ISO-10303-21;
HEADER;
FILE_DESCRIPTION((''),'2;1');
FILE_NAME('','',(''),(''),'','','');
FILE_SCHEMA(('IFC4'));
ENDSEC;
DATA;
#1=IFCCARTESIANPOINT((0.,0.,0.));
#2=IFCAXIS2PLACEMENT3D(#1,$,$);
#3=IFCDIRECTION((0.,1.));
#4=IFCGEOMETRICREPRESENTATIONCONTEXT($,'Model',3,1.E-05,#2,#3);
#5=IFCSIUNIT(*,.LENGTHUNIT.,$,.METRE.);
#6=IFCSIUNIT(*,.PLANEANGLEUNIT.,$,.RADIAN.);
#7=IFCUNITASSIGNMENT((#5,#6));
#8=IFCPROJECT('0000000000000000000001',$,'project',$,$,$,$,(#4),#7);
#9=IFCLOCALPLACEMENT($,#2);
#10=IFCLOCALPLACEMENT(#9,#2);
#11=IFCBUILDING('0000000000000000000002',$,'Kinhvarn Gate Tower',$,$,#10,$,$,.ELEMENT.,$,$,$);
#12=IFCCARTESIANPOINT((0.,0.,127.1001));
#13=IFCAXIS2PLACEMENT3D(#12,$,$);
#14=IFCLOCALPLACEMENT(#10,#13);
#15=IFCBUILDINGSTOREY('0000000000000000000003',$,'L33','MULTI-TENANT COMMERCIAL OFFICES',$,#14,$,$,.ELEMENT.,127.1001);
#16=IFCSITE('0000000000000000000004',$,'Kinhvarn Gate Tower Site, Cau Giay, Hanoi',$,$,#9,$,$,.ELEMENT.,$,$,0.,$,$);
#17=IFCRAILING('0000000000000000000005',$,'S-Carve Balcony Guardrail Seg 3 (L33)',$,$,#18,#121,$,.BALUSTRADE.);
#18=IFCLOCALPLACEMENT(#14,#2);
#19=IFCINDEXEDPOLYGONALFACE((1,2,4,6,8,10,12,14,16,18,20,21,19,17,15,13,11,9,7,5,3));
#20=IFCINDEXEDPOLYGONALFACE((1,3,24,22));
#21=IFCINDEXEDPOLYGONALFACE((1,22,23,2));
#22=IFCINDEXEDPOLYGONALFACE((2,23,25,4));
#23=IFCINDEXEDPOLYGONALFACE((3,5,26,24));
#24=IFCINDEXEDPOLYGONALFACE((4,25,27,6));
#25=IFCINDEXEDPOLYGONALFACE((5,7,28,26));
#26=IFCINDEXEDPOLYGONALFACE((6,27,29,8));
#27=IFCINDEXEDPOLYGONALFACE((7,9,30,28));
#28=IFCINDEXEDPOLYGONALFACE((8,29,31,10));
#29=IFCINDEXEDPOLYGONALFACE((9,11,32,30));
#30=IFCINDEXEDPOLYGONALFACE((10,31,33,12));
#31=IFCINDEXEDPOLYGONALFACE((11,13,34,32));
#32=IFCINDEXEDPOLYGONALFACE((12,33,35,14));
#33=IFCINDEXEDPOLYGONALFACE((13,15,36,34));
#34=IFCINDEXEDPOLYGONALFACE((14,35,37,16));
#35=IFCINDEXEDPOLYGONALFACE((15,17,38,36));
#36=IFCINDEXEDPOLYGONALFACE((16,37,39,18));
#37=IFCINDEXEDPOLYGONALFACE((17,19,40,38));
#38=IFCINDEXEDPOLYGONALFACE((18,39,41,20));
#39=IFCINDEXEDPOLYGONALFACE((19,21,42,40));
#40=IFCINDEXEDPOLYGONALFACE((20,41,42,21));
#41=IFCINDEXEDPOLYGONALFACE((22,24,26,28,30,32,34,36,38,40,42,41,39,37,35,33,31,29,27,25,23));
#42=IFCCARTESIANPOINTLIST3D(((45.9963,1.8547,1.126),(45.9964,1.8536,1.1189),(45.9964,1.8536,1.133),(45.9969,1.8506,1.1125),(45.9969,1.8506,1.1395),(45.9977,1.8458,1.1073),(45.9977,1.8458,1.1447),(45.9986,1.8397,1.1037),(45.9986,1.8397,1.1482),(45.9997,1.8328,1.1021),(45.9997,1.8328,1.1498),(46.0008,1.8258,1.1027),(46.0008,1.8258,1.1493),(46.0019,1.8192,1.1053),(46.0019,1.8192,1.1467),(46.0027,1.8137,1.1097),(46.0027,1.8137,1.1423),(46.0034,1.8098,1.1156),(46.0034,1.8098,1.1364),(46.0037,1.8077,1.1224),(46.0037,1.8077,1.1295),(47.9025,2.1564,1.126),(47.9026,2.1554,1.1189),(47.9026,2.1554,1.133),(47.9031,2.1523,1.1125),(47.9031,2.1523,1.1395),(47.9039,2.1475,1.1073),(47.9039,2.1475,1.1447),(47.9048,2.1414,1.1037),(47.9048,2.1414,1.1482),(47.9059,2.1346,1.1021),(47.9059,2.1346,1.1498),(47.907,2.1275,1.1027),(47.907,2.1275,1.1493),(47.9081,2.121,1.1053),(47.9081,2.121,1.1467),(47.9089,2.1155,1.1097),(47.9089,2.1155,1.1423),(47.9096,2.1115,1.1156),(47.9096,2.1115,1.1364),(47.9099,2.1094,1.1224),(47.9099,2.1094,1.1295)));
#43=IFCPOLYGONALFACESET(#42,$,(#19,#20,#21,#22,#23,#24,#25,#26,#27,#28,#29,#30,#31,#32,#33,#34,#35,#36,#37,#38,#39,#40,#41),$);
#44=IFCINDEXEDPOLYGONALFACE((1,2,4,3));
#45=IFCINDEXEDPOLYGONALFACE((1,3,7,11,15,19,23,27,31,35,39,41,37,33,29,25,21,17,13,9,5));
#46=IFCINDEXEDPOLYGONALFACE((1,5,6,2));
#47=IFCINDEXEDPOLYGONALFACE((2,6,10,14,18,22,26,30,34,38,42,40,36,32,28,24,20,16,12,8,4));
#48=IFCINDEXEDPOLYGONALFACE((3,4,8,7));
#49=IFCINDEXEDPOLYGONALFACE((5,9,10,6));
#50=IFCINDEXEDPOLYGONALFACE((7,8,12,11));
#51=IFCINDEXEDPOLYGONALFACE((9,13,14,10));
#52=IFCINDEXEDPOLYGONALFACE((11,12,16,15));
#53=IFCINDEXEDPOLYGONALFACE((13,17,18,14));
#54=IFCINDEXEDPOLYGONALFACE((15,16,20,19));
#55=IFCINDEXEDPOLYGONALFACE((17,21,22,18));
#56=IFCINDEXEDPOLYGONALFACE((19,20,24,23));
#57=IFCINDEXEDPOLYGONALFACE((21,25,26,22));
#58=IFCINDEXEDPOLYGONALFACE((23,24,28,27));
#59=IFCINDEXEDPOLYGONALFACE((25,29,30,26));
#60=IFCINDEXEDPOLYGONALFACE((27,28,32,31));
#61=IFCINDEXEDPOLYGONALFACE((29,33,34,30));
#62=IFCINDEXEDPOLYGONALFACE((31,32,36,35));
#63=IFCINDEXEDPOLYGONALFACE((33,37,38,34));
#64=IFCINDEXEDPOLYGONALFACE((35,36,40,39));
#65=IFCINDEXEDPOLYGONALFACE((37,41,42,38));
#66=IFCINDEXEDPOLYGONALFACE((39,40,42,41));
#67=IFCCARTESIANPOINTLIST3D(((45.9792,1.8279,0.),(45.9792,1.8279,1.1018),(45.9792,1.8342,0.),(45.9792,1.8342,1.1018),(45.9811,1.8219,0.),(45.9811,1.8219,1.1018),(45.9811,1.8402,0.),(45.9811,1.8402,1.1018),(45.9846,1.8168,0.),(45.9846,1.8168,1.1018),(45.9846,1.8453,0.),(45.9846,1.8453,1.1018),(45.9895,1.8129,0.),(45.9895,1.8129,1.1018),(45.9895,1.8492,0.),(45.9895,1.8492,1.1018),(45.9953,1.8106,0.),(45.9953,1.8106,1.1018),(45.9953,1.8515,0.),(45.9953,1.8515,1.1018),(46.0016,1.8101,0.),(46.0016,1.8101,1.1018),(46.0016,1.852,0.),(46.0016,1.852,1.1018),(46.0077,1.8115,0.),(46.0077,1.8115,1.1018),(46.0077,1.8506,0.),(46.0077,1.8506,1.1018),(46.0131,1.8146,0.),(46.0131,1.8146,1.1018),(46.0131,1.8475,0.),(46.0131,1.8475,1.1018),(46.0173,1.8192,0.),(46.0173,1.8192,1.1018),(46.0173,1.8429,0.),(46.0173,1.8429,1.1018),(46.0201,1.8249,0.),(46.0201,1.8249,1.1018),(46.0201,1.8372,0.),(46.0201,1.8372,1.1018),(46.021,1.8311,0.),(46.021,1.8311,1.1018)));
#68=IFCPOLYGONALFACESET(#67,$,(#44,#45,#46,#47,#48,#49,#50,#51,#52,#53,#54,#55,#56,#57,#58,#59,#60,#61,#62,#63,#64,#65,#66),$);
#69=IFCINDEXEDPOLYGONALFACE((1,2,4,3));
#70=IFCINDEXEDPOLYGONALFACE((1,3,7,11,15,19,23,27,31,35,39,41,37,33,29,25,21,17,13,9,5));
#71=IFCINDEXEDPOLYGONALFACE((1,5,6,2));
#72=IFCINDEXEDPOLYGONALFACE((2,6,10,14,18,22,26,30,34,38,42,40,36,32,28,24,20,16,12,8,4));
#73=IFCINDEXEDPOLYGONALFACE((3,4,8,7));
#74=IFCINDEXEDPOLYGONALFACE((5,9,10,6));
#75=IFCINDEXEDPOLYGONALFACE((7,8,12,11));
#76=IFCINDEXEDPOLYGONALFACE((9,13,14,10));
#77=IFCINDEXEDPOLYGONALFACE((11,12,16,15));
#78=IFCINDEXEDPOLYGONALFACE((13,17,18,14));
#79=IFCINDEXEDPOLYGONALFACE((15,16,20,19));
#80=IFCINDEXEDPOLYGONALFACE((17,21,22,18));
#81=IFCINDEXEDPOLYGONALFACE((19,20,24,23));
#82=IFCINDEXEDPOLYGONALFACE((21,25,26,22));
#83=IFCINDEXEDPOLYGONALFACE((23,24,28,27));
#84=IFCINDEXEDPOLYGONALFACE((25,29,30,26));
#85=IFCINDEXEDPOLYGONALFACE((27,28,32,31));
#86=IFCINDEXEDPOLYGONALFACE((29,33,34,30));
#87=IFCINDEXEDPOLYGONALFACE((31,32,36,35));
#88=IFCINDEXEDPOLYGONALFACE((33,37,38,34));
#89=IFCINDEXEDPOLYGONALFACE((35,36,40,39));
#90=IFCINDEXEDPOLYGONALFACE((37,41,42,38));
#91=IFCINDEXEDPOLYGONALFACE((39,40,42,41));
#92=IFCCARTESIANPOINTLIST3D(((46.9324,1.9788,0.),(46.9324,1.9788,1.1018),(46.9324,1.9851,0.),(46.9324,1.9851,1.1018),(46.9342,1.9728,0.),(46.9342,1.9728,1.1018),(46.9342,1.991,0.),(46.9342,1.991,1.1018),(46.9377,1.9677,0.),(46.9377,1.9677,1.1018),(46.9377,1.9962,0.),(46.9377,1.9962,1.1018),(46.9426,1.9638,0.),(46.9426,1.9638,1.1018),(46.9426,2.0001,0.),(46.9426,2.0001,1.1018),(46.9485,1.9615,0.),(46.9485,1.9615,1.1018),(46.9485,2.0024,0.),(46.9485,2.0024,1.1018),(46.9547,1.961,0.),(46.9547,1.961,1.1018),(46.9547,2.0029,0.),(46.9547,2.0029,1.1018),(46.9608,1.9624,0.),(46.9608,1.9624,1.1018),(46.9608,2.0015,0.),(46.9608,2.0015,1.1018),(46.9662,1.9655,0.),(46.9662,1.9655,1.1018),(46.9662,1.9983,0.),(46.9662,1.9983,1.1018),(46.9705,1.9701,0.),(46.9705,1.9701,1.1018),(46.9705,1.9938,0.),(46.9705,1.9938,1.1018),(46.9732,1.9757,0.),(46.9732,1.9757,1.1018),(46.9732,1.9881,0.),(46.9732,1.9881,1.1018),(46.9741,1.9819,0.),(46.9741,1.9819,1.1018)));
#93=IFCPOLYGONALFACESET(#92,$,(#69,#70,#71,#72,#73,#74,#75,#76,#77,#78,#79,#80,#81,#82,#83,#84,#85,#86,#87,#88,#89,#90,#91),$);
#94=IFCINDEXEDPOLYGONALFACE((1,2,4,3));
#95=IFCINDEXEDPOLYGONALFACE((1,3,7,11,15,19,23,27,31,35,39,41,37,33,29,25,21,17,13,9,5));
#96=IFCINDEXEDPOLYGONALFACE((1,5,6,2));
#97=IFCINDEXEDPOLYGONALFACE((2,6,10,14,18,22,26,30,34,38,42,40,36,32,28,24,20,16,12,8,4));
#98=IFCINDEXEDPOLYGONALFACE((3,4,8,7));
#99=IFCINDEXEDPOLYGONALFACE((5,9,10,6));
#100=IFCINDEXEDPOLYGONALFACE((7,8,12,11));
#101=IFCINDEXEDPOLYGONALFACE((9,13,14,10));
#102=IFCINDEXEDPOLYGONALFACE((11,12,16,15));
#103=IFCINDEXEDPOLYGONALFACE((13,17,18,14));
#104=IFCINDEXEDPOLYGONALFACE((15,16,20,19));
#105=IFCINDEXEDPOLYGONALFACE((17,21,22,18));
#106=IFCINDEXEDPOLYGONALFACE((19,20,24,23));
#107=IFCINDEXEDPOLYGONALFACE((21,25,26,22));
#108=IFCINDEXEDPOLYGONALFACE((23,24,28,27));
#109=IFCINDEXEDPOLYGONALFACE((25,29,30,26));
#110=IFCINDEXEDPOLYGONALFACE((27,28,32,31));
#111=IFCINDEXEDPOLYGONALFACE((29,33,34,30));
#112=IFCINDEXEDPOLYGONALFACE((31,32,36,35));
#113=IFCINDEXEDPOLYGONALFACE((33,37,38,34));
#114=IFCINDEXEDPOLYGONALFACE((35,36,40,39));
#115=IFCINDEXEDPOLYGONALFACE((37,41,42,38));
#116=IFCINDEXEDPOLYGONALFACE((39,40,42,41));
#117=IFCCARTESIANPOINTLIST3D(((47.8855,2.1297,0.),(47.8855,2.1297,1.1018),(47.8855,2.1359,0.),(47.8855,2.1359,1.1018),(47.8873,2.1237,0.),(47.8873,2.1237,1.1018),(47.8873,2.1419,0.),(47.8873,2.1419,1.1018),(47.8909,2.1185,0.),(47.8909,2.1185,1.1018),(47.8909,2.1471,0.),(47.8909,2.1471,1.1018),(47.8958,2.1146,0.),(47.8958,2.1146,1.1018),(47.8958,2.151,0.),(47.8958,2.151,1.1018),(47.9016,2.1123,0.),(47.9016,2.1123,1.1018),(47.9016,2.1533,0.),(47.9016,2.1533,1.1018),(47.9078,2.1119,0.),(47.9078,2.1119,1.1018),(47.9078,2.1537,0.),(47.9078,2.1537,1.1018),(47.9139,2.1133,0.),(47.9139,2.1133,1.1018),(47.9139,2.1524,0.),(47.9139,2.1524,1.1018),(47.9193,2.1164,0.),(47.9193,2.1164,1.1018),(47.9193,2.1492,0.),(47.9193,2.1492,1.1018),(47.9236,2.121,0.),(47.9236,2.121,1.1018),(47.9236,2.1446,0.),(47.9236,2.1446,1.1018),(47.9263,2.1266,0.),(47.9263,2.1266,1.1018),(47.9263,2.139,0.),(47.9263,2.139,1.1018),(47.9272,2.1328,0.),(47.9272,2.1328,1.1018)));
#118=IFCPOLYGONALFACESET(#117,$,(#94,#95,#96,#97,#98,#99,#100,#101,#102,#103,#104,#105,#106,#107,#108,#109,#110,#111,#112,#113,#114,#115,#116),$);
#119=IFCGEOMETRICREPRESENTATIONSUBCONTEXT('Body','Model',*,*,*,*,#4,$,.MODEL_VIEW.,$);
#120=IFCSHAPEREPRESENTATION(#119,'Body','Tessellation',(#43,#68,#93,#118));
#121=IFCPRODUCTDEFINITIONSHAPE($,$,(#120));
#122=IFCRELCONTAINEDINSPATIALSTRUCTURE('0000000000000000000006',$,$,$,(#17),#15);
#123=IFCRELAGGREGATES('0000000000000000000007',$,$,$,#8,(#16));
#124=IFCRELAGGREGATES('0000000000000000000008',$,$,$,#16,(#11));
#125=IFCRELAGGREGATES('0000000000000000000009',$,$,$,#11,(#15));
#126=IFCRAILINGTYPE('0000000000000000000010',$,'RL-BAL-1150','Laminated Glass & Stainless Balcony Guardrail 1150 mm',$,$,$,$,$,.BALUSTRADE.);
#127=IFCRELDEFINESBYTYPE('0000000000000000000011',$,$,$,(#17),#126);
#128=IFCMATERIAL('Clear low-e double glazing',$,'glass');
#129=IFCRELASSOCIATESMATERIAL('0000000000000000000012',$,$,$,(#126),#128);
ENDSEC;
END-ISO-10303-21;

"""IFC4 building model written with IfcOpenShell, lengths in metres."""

from ifc_helpers import new_model, si_unit, direction, frame, origin, origin_2d, place, context, subcontext, project, spatial, circle, extrude, material, type_object, element, save


model = new_model("IFC4")

# Units and contexts
model_context = context("Model", 3, precision=1e-05, world=origin(), true_north=direction((0.0, 1.0)))
body_context = subcontext(model_context, "Body", "Model", "MODEL_VIEW")
ifc_project = project(units=[si_unit("LENGTHUNIT", "METRE"), si_unit("PLANEANGLEUNIT", "RADIAN")], contexts=[model_context])

# Site, building, storey
site_placement = place(None, origin())
site = spatial("IfcSite", under=ifc_project, at=site_placement, Name="Kinhvarn Gate Tower Site, Cau Giay, Hanoi", CompositionType="ELEMENT", RefElevation=0.0)
building_placement = place(site_placement, origin())
building = spatial("IfcBuilding", under=site, at=building_placement, Name="Kinhvarn Gate Tower", CompositionType="ELEMENT")
storey_placement = place(building_placement, frame((0.0, 0.0, 127.1001)))
storey = spatial("IfcBuildingStorey", under=building, at=storey_placement, Name="L33", Description="MULTI-TENANT COMMERCIAL OFFICES", CompositionType="ELEMENT", Elevation=127.1001)

# Shared definitions
ifc_material_1 = material(Name="Clear low-e double glazing", Category="glass")

# Railing
railing_type = type_object("IfcRailingType", Name="RL-BAL-1150", Description="Laminated Glass & Stainless Balcony Guardrail 1150 mm", PredefinedType="BALUSTRADE", material=ifc_material_1)
railing_1_placement = place(storey_placement, frame((46.0, 1.8311, 0.0)))
element("IfcRailing", 1, at=railing_1_placement, inside=storey, type_object=railing_type, Name="S-Carve Balcony Guardrail Seg 3 (L33)", PredefinedType="BALUSTRADE", context=body_context, shape_type="SweptSolid", body=[
    extrude(circle(Radius=0.0239, at=origin_2d()), frame((0.0, 0.0, 1.126), z_axis=(0.987701, 0.156352, 0.0), x_axis=(-0.156352, 0.987701, 0.0)), (0.0, 0.0, 1.0), 1.9299),
    extrude(circle(Radius=0.021, at=origin_2d()), origin(), (0.0, 0.0, 1.0), 1.1018),
    extrude(circle(Radius=0.021, at=origin_2d()), frame((0.9531, 0.1509, 0.0)), (0.0, 0.0, 1.0), 1.1018),
    extrude(circle(Radius=0.021, at=origin_2d()), frame((1.9062, 0.3018, 0.0)), (0.0, 0.0, 1.0), 1.1018),
])

save(model, "model.ifc")
